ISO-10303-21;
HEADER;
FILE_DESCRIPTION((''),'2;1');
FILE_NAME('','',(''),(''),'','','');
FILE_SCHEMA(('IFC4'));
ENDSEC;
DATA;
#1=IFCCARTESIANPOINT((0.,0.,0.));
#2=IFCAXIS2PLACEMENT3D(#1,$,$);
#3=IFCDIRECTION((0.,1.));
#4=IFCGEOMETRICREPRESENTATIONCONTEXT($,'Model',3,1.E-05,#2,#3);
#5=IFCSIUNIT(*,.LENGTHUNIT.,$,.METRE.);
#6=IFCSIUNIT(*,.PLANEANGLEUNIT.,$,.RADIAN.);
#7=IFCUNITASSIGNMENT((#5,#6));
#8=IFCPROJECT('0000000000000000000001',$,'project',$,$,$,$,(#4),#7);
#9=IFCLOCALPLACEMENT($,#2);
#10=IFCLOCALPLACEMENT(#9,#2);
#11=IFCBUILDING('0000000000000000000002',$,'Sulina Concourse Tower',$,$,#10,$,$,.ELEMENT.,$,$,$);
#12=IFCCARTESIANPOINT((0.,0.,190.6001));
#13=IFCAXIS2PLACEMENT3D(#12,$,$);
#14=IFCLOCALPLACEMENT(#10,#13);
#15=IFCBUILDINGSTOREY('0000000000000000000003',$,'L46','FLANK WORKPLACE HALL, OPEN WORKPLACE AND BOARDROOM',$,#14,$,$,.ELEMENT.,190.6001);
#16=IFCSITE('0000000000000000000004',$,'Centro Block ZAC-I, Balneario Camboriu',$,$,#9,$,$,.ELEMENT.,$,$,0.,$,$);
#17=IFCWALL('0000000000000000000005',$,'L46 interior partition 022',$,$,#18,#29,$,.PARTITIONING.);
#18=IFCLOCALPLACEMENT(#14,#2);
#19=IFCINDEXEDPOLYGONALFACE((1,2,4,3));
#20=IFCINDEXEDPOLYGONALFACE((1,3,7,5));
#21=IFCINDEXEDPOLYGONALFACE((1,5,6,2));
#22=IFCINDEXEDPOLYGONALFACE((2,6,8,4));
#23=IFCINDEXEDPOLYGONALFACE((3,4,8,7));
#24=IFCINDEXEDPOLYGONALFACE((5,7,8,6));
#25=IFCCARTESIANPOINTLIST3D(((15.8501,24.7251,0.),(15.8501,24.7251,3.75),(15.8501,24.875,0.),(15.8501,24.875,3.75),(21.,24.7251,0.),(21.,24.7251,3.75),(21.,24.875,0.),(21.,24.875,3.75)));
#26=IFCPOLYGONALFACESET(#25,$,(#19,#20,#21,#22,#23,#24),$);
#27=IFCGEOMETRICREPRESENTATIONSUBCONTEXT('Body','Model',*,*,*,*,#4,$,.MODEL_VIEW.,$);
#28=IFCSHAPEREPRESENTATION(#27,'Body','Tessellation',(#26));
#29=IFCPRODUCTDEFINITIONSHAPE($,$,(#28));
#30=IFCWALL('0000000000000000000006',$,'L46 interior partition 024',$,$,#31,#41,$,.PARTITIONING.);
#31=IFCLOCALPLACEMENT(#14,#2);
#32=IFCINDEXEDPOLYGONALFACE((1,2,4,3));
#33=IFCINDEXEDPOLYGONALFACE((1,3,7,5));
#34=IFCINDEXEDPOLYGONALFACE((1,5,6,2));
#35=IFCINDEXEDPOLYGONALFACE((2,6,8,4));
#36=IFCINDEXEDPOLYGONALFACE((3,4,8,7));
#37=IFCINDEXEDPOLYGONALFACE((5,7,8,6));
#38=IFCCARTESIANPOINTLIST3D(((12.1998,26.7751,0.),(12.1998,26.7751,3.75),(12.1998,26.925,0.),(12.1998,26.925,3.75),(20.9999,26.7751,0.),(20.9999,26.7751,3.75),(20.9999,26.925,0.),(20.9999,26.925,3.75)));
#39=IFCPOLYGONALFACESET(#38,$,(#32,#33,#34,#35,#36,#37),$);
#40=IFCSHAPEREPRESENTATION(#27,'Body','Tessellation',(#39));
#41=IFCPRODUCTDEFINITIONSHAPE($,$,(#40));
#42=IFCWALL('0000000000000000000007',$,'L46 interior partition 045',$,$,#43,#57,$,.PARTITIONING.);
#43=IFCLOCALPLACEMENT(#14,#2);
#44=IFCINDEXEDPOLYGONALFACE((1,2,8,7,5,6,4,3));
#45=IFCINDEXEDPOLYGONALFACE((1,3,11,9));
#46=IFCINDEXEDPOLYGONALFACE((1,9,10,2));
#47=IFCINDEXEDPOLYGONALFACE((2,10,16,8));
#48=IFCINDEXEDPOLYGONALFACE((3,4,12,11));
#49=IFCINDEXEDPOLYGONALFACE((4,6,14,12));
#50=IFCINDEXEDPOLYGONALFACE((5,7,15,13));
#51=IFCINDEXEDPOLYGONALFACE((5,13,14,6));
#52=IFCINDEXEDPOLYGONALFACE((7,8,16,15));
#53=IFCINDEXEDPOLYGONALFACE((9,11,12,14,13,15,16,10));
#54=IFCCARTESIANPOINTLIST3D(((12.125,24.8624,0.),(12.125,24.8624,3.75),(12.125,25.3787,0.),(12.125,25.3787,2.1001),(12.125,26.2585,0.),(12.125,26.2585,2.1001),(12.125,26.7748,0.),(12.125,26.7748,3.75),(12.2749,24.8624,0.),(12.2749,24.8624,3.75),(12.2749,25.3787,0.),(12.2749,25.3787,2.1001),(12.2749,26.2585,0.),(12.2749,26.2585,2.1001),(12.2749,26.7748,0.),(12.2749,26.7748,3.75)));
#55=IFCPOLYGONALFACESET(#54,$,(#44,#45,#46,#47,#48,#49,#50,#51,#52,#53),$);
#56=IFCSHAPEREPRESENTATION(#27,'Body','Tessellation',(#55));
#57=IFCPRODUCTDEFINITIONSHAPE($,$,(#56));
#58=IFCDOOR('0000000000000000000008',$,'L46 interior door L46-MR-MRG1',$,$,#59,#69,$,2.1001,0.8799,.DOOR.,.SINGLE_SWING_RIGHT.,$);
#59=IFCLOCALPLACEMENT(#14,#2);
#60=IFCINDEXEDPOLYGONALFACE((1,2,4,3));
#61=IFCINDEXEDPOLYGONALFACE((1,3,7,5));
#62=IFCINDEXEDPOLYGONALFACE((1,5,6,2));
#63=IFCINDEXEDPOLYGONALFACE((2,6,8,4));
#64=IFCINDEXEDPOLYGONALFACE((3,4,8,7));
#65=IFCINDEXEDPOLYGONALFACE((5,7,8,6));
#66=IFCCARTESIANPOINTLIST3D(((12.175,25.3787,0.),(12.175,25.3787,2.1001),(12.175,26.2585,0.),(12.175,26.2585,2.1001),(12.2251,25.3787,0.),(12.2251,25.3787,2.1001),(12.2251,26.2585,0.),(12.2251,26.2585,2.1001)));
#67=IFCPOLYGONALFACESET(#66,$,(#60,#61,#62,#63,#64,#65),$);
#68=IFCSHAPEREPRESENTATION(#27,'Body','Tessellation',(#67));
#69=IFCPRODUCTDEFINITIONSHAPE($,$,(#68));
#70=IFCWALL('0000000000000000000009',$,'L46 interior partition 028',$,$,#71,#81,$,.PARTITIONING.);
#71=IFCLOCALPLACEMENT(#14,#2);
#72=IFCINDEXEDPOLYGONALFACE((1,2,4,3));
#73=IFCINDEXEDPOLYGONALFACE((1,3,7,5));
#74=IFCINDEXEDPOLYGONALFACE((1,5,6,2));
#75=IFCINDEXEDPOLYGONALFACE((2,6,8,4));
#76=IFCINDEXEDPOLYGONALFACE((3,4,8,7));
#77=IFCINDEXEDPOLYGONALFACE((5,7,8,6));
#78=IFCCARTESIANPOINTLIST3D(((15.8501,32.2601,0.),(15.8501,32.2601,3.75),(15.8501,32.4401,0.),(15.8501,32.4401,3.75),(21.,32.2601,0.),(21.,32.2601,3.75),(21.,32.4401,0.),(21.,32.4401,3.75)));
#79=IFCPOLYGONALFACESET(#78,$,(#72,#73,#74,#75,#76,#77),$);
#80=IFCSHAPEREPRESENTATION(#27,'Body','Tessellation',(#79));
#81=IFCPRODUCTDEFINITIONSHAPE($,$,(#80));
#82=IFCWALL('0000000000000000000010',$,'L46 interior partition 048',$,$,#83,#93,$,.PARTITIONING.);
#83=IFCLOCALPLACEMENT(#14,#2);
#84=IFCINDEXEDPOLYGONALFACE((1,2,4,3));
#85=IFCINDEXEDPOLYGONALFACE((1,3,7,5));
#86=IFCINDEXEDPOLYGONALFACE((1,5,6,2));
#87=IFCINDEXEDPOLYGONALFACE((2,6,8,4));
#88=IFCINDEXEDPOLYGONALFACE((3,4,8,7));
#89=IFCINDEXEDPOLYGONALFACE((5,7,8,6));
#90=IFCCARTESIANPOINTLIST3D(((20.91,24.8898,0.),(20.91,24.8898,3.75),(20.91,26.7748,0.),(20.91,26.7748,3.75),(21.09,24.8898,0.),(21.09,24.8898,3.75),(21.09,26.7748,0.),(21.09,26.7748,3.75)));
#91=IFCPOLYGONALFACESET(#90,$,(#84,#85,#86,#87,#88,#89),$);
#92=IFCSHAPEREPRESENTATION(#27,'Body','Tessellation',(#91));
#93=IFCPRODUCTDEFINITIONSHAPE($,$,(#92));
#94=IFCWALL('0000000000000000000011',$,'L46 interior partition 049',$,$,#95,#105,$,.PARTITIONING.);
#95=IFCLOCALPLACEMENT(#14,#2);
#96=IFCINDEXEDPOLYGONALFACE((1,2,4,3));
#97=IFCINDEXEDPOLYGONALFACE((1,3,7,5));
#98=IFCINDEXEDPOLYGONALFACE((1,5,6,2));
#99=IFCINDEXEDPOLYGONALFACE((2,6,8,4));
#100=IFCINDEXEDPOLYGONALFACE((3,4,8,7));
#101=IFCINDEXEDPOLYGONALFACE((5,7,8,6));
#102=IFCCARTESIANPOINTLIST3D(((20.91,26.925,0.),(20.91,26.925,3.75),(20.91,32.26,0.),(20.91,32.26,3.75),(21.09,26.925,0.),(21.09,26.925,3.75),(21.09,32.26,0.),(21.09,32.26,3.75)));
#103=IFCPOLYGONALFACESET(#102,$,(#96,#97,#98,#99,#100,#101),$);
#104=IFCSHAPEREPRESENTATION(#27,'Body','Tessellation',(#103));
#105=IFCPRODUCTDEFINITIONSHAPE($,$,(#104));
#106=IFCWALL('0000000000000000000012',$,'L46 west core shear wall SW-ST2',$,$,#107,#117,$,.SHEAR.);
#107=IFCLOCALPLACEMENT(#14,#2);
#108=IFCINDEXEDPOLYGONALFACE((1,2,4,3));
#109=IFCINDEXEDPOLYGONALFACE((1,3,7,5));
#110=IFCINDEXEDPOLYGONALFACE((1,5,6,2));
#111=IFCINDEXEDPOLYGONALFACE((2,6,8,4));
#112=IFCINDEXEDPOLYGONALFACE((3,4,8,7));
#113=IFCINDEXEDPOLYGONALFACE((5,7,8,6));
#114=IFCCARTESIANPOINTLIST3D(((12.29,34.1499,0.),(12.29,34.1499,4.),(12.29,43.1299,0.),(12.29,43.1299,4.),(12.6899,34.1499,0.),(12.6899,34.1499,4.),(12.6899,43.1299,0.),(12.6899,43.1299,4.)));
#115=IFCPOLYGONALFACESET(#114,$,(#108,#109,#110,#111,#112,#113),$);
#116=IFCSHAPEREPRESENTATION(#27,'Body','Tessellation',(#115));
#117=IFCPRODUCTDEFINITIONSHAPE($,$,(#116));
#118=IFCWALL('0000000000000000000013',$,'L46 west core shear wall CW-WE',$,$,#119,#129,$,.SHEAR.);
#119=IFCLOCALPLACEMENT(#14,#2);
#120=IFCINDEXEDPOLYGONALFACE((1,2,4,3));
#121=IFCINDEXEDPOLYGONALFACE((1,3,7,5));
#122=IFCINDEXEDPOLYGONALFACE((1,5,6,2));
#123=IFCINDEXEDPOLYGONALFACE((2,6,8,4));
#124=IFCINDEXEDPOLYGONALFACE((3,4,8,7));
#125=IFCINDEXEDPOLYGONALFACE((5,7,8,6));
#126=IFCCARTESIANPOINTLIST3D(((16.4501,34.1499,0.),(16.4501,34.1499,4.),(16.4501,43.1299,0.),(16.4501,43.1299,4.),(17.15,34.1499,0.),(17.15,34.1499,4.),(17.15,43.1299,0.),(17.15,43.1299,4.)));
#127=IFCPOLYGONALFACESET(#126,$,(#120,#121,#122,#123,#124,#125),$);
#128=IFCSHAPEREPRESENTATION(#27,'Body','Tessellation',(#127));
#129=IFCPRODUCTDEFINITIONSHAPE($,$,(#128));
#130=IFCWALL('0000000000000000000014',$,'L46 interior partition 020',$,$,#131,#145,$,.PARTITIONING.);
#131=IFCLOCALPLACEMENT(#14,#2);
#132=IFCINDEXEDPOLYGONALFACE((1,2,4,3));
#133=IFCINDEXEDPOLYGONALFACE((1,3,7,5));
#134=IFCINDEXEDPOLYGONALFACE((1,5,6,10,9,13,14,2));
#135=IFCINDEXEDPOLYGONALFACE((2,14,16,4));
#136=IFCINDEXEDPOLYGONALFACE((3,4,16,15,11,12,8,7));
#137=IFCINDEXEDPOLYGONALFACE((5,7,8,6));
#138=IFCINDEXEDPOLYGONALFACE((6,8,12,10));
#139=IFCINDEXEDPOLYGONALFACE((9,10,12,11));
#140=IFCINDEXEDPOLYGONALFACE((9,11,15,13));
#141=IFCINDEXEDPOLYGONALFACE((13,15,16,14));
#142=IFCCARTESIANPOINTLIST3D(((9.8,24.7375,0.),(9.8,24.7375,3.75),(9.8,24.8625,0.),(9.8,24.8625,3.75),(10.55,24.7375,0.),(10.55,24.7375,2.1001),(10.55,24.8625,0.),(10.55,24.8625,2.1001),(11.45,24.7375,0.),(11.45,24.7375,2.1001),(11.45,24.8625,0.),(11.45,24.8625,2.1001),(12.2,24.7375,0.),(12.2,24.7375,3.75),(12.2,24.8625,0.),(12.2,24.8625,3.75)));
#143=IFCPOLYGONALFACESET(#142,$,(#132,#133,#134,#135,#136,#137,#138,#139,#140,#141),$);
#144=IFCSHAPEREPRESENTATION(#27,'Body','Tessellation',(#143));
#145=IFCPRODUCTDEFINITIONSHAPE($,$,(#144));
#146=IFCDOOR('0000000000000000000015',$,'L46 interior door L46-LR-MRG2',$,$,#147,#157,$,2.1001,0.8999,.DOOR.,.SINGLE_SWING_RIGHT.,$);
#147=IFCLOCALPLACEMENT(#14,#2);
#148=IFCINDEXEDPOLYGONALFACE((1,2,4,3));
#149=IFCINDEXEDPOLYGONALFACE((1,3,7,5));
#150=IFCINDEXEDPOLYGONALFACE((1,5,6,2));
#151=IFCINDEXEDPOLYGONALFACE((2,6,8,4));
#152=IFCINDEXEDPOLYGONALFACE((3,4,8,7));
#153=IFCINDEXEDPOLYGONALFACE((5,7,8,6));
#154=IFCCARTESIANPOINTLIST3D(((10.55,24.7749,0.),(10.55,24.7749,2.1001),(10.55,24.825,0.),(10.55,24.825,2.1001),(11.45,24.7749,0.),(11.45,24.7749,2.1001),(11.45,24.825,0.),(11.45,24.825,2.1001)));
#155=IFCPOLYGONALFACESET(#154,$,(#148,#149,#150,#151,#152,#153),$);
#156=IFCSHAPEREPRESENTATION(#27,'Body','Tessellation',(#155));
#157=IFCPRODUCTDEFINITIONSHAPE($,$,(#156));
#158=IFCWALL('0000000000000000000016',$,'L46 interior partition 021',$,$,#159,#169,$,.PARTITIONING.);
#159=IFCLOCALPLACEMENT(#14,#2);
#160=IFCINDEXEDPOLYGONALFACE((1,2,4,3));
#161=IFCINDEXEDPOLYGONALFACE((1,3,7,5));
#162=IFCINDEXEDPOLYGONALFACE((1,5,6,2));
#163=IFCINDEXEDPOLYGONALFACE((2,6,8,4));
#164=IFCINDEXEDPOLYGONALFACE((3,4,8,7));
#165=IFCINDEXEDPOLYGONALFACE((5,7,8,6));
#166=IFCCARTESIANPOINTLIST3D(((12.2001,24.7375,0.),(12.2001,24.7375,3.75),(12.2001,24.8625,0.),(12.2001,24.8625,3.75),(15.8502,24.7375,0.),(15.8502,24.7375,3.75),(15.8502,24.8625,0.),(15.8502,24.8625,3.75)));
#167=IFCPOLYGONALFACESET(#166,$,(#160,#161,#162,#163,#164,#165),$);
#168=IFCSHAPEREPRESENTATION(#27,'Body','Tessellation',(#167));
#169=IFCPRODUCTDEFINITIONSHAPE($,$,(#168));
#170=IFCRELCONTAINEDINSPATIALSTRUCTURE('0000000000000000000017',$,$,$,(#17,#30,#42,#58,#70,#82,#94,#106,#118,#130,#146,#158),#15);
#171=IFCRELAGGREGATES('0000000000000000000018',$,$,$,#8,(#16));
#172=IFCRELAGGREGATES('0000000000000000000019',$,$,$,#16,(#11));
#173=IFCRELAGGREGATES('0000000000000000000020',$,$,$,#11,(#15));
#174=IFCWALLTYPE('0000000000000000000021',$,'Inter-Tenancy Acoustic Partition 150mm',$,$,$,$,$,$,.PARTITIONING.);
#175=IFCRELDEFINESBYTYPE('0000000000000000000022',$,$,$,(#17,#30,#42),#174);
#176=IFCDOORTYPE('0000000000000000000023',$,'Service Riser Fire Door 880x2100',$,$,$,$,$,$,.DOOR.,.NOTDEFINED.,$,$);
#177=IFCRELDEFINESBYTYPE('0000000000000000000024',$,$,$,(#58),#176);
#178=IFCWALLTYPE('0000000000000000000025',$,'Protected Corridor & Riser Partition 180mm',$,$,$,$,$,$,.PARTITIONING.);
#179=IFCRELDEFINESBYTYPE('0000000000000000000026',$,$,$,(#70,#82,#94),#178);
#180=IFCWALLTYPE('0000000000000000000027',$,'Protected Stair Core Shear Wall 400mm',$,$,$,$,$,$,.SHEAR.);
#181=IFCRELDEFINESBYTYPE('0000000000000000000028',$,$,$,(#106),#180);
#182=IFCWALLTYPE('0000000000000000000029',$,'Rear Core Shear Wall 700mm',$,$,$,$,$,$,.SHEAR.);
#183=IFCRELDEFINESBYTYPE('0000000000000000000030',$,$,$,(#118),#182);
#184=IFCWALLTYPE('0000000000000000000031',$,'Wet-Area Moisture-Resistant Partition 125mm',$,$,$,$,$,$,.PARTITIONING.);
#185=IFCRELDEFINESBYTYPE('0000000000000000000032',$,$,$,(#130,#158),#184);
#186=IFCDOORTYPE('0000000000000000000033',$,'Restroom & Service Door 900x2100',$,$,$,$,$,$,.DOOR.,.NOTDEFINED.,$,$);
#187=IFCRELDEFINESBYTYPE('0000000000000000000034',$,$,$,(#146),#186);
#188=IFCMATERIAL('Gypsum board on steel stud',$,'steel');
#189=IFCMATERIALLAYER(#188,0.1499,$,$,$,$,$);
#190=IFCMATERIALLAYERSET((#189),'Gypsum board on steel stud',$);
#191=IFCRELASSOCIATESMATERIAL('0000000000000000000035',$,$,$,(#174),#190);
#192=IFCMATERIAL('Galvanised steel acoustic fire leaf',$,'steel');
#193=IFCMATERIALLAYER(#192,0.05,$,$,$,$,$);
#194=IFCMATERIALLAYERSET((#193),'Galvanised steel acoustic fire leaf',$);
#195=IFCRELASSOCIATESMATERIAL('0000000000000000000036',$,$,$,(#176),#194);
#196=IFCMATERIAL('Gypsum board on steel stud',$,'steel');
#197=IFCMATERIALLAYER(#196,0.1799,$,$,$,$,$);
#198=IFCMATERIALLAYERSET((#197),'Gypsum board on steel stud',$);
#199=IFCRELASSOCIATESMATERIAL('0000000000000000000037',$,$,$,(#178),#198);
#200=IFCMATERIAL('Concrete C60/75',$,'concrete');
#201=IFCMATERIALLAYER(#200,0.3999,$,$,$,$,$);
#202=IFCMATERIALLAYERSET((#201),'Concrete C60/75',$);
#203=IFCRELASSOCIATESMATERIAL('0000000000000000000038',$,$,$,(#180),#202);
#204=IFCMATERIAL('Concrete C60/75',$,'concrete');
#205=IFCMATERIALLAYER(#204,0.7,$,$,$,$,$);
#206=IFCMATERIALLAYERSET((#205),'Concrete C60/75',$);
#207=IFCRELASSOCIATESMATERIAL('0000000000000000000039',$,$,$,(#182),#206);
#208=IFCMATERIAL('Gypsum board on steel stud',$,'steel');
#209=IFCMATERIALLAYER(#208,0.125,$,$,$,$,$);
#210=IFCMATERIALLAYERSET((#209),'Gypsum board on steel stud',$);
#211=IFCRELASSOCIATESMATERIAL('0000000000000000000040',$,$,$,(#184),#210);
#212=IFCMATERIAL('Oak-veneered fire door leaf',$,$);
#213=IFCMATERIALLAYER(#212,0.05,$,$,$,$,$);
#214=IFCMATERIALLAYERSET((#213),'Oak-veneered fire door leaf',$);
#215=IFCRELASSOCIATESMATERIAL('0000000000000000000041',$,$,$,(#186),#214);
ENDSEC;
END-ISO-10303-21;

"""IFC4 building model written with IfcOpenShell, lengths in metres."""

from ifc_helpers import new_model, si_unit, direction, frame, frame_2d, origin, place, context, subcontext, project, spatial, rectangle, extrude, material, layer, layer_set, type_object, element, fill, save


model = new_model("IFC4")

# Units and contexts
model_context = context("Model", 3, precision=1e-05, world=origin(), true_north=direction((0.0, 1.0)))
body_context = subcontext(model_context, "Body", "Model", "MODEL_VIEW")
ifc_project = project(units=[si_unit("LENGTHUNIT", "METRE"), si_unit("PLANEANGLEUNIT", "RADIAN")], contexts=[model_context])

# Site, building, storey
site_placement = place(None, origin())
site = spatial("IfcSite", under=ifc_project, at=site_placement, Name="Centro Block ZAC-I, Balneario Camboriu", CompositionType="ELEMENT", RefElevation=0.0)
building_placement = place(site_placement, origin())
building = spatial("IfcBuilding", under=site, at=building_placement, Name="Sulina Concourse Tower", CompositionType="ELEMENT")
storey_placement = place(building_placement, frame((0.0, 0.0, 190.6001)))
storey = spatial("IfcBuildingStorey", under=building, at=storey_placement, Name="L46", Description="FLANK WORKPLACE HALL, OPEN WORKPLACE AND BOARDROOM", CompositionType="ELEMENT", Elevation=190.6001)

# Walls
ifc_material_1 = material(Name="Gypsum board on steel stud", Category="steel")
ifc_layer_1 = layer(ifc_material_1, 0.1499)
ifc_layer_set_1 = layer_set([ifc_layer_1], Name="Gypsum board on steel stud")
wall_type_1 = type_object("IfcWallType", Name="Inter-Tenancy Acoustic Partition 150mm", PredefinedType="PARTITIONING", material=ifc_layer_set_1)
wall_1_placement = place(storey_placement, frame((15.8501, 24.8, 0.0), z_axis=(0.0, 0.0, 1.0), x_axis=(1.0, 0.0, 0.0)))
element("IfcWall", 1, at=wall_1_placement, inside=storey, type_object=wall_type_1, Name="L46 interior partition 022", PredefinedType="PARTITIONING", context=body_context, shape_type="SweptSolid", body=[
    extrude(rectangle(XDim=5.1499, YDim=0.1499, at=frame_2d((2.575, 0.0))), origin(), (0.0, 0.0, 1.0), 3.75),
])
wall_2_placement = place(storey_placement, frame((12.2, 26.8501, 0.0), z_axis=(0.0, 0.0, 1.0), x_axis=(1.0, 0.0, 0.0)))
element("IfcWall", 2, at=wall_2_placement, inside=storey, type_object=wall_type_1, Name="L46 interior partition 024", PredefinedType="PARTITIONING", context=body_context, shape_type="SweptSolid", body=[
    extrude(rectangle(XDim=8.8, YDim=0.1499, at=frame_2d((4.3999, 0.0))), origin(), (0.0, 0.0, 1.0), 3.75),
])

# Wall, opening, door
wall_3_placement = place(storey_placement, frame((12.2, 24.8625, 0.0), z_axis=(0.0, 0.0, 1.0), x_axis=(0.0, 1.0, 0.0)))
wall_3 = element("IfcWall", 3, at=wall_3_placement, inside=storey, type_object=wall_type_1, Name="L46 interior partition 045", PredefinedType="PARTITIONING", context=body_context, shape_type="SweptSolid", body=[
    extrude(rectangle(XDim=1.9124, YDim=0.1499, at=frame_2d((0.9561, 0.0))), origin(), (0.0, 0.0, 1.0), 3.75),
])
opening_1_placement = place(wall_3_placement, frame((0.5161, 0.0, 0.0)))
opening_1 = element("IfcOpeningElement", 4, at=opening_1_placement, cuts=wall_3, PredefinedType="OPENING", context=body_context, shape_type="SweptSolid", body=[
    extrude(rectangle(XDim=0.8799, YDim=2.1001, at=frame_2d((0.4399, 1.05))), frame((0.0, 0.085, 0.0), z_axis=(0.0, -1.0, 0.0), x_axis=(1.0, 0.0, 0.0)), (0.0, 0.0, 1.0), 0.1699),
])
ifc_material_2 = material(Name="Galvanised steel acoustic fire leaf", Category="steel")
ifc_layer_2 = layer(ifc_material_2, 0.05)
ifc_layer_set_2 = layer_set([ifc_layer_2], Name="Galvanised steel acoustic fire leaf")
door_type_1 = type_object("IfcDoorType", Name="Service Riser Fire Door 880x2100", OperationType="NOTDEFINED", PredefinedType="DOOR", material=ifc_layer_set_2)
door_1_placement = place(opening_1_placement, origin())
door_1 = element("IfcDoor", 5, at=door_1_placement, inside=storey, type_object=door_type_1, Name="L46 interior door L46-MR-MRG1", OperationType="SINGLE_SWING_RIGHT", OverallHeight=2.1001, OverallWidth=0.8799, PredefinedType="DOOR", context=body_context, shape_type="SweptSolid", body=[
    extrude(rectangle(XDim=0.8799, YDim=2.1001, at=frame_2d((0.4399, 1.05))), frame((0.0, 0.0249, 0.0), z_axis=(0.0, -1.0, 0.0), x_axis=(1.0, 0.0, 0.0)), (0.0, 0.0, 1.0), 0.05),
])
fill(opening_1, door_1)
ifc_material_3 = material(Name="Gypsum board on steel stud", Category="steel")
ifc_layer_3 = layer(ifc_material_3, 0.1799)
ifc_layer_set_3 = layer_set([ifc_layer_3], Name="Gypsum board on steel stud")
wall_type_2 = type_object("IfcWallType", Name="Protected Corridor & Riser Partition 180mm", PredefinedType="PARTITIONING", material=ifc_layer_set_3)

# Walls
wall_4_placement = place(storey_placement, frame((15.8501, 32.3501, 0.0), z_axis=(0.0, 0.0, 1.0), x_axis=(1.0, 0.0, 0.0)))
element("IfcWall", 6, at=wall_4_placement, inside=storey, type_object=wall_type_2, Name="L46 interior partition 028", PredefinedType="PARTITIONING", context=body_context, shape_type="SweptSolid", body=[
    extrude(rectangle(XDim=5.1499, YDim=0.1799, at=frame_2d((2.575, 0.0))), origin(), (0.0, 0.0, 1.0), 3.75),
])
wall_5_placement = place(storey_placement, frame((21.0, 24.8899, 0.0), z_axis=(0.0, 0.0, 1.0), x_axis=(0.0, 1.0, 0.0)))
element("IfcWall", 7, at=wall_5_placement, inside=storey, type_object=wall_type_2, Name="L46 interior partition 048", PredefinedType="PARTITIONING", context=body_context, shape_type="SweptSolid", body=[
    extrude(rectangle(XDim=1.885, YDim=0.1799, at=frame_2d((0.9424, 0.0))), origin(), (0.0, 0.0, 1.0), 3.75),
])
wall_6_placement = place(storey_placement, frame((21.0, 26.925, 0.0), z_axis=(0.0, 0.0, 1.0), x_axis=(0.0, 1.0, 0.0)))
element("IfcWall", 8, at=wall_6_placement, inside=storey, type_object=wall_type_2, Name="L46 interior partition 049", PredefinedType="PARTITIONING", context=body_context, shape_type="SweptSolid", body=[
    extrude(rectangle(XDim=5.335, YDim=0.1799, at=frame_2d((2.6675, 0.0))), origin(), (0.0, 0.0, 1.0), 3.75),
])
ifc_material_4 = material(Name="Concrete C60/75", Category="concrete")
ifc_layer_4 = layer(ifc_material_4, 0.3999)
ifc_layer_set_4 = layer_set([ifc_layer_4], Name="Concrete C60/75")
wall_type_3 = type_object("IfcWallType", Name="Protected Stair Core Shear Wall 400mm", PredefinedType="SHEAR", material=ifc_layer_set_4)
wall_7_placement = place(storey_placement, frame((12.49, 34.1499, 0.0), z_axis=(0.0, 0.0, 1.0), x_axis=(0.0, 1.0, 0.0)))
element("IfcWall", 9, at=wall_7_placement, inside=storey, type_object=wall_type_3, Name="L46 west core shear wall SW-ST2", PredefinedType="SHEAR", context=body_context, shape_type="SweptSolid", body=[
    extrude(rectangle(XDim=8.98, YDim=0.3999, at=frame_2d((4.49, 0.0))), origin(), (0.0, 0.0, 1.0), 4.0),
])
ifc_material_5 = material(Name="Concrete C60/75", Category="concrete")
ifc_layer_5 = layer(ifc_material_5, 0.7)
ifc_layer_set_5 = layer_set([ifc_layer_5], Name="Concrete C60/75")
wall_type_4 = type_object("IfcWallType", Name="Rear Core Shear Wall 700mm", PredefinedType="SHEAR", material=ifc_layer_set_5)
wall_8_placement = place(storey_placement, frame((16.8, 34.1499, 0.0), z_axis=(0.0, 0.0, 1.0), x_axis=(0.0, 1.0, 0.0)))
element("IfcWall", 10, at=wall_8_placement, inside=storey, type_object=wall_type_4, Name="L46 west core shear wall CW-WE", PredefinedType="SHEAR", context=body_context, shape_type="SweptSolid", body=[
    extrude(rectangle(XDim=8.98, YDim=0.7, at=frame_2d((4.49, 0.0))), origin(), (0.0, 0.0, 1.0), 4.0),
])

# Wall, opening, door
ifc_material_6 = material(Name="Gypsum board on steel stud", Category="steel")
ifc_layer_6 = layer(ifc_material_6, 0.125)
ifc_layer_set_6 = layer_set([ifc_layer_6], Name="Gypsum board on steel stud")
wall_type_5 = type_object("IfcWallType", Name="Wet-Area Moisture-Resistant Partition 125mm", PredefinedType="PARTITIONING", material=ifc_layer_set_6)
wall_9_placement = place(storey_placement, frame((9.8, 24.8, 0.0), z_axis=(0.0, 0.0, 1.0), x_axis=(1.0, 0.0, 0.0)))
wall_9 = element("IfcWall", 11, at=wall_9_placement, inside=storey, type_object=wall_type_5, Name="L46 interior partition 020", PredefinedType="PARTITIONING", context=body_context, shape_type="SweptSolid", body=[
    extrude(rectangle(XDim=2.3999, YDim=0.125, at=frame_2d((1.2, 0.0))), origin(), (0.0, 0.0, 1.0), 3.75),
])
opening_2_placement = place(wall_9_placement, frame((0.75, 0.0, 0.0)))
opening_2 = element("IfcOpeningElement", 12, at=opening_2_placement, cuts=wall_9, PredefinedType="OPENING", context=body_context, shape_type="SweptSolid", body=[
    extrude(rectangle(XDim=0.8999, YDim=2.1001, at=frame_2d((0.45, 1.05))), frame((0.0, 0.0725, 0.0), z_axis=(0.0, -1.0, 0.0), x_axis=(1.0, 0.0, 0.0)), (0.0, 0.0, 1.0), 0.145),
])
ifc_material_7 = material(Name="Oak-veneered fire door leaf")
ifc_layer_7 = layer(ifc_material_7, 0.05)
ifc_layer_set_7 = layer_set([ifc_layer_7], Name="Oak-veneered fire door leaf")
door_type_2 = type_object("IfcDoorType", Name="Restroom & Service Door 900x2100", OperationType="NOTDEFINED", PredefinedType="DOOR", material=ifc_layer_set_7)
door_2_placement = place(opening_2_placement, origin())
door_2 = element("IfcDoor", 13, at=door_2_placement, inside=storey, type_object=door_type_2, Name="L46 interior door L46-LR-MRG2", OperationType="SINGLE_SWING_RIGHT", OverallHeight=2.1001, OverallWidth=0.8999, PredefinedType="DOOR", context=body_context, shape_type="SweptSolid", body=[
    extrude(rectangle(XDim=0.8999, YDim=2.1001, at=frame_2d((0.45, 1.05))), frame((0.0, 0.0249, 0.0), z_axis=(0.0, -1.0, 0.0), x_axis=(1.0, 0.0, 0.0)), (0.0, 0.0, 1.0), 0.05),
])
fill(opening_2, door_2)

# Wall
wall_10_placement = place(storey_placement, frame((12.2, 24.8, 0.0), z_axis=(0.0, 0.0, 1.0), x_axis=(1.0, 0.0, 0.0)))
element("IfcWall", 14, at=wall_10_placement, inside=storey, type_object=wall_type_5, Name="L46 interior partition 021", PredefinedType="PARTITIONING", context=body_context, shape_type="SweptSolid", body=[
    extrude(rectangle(XDim=3.6501, YDim=0.125, at=frame_2d((1.8252, 0.0))), origin(), (0.0, 0.0, 1.0), 3.75),
])

save(model, "model.ifc")
